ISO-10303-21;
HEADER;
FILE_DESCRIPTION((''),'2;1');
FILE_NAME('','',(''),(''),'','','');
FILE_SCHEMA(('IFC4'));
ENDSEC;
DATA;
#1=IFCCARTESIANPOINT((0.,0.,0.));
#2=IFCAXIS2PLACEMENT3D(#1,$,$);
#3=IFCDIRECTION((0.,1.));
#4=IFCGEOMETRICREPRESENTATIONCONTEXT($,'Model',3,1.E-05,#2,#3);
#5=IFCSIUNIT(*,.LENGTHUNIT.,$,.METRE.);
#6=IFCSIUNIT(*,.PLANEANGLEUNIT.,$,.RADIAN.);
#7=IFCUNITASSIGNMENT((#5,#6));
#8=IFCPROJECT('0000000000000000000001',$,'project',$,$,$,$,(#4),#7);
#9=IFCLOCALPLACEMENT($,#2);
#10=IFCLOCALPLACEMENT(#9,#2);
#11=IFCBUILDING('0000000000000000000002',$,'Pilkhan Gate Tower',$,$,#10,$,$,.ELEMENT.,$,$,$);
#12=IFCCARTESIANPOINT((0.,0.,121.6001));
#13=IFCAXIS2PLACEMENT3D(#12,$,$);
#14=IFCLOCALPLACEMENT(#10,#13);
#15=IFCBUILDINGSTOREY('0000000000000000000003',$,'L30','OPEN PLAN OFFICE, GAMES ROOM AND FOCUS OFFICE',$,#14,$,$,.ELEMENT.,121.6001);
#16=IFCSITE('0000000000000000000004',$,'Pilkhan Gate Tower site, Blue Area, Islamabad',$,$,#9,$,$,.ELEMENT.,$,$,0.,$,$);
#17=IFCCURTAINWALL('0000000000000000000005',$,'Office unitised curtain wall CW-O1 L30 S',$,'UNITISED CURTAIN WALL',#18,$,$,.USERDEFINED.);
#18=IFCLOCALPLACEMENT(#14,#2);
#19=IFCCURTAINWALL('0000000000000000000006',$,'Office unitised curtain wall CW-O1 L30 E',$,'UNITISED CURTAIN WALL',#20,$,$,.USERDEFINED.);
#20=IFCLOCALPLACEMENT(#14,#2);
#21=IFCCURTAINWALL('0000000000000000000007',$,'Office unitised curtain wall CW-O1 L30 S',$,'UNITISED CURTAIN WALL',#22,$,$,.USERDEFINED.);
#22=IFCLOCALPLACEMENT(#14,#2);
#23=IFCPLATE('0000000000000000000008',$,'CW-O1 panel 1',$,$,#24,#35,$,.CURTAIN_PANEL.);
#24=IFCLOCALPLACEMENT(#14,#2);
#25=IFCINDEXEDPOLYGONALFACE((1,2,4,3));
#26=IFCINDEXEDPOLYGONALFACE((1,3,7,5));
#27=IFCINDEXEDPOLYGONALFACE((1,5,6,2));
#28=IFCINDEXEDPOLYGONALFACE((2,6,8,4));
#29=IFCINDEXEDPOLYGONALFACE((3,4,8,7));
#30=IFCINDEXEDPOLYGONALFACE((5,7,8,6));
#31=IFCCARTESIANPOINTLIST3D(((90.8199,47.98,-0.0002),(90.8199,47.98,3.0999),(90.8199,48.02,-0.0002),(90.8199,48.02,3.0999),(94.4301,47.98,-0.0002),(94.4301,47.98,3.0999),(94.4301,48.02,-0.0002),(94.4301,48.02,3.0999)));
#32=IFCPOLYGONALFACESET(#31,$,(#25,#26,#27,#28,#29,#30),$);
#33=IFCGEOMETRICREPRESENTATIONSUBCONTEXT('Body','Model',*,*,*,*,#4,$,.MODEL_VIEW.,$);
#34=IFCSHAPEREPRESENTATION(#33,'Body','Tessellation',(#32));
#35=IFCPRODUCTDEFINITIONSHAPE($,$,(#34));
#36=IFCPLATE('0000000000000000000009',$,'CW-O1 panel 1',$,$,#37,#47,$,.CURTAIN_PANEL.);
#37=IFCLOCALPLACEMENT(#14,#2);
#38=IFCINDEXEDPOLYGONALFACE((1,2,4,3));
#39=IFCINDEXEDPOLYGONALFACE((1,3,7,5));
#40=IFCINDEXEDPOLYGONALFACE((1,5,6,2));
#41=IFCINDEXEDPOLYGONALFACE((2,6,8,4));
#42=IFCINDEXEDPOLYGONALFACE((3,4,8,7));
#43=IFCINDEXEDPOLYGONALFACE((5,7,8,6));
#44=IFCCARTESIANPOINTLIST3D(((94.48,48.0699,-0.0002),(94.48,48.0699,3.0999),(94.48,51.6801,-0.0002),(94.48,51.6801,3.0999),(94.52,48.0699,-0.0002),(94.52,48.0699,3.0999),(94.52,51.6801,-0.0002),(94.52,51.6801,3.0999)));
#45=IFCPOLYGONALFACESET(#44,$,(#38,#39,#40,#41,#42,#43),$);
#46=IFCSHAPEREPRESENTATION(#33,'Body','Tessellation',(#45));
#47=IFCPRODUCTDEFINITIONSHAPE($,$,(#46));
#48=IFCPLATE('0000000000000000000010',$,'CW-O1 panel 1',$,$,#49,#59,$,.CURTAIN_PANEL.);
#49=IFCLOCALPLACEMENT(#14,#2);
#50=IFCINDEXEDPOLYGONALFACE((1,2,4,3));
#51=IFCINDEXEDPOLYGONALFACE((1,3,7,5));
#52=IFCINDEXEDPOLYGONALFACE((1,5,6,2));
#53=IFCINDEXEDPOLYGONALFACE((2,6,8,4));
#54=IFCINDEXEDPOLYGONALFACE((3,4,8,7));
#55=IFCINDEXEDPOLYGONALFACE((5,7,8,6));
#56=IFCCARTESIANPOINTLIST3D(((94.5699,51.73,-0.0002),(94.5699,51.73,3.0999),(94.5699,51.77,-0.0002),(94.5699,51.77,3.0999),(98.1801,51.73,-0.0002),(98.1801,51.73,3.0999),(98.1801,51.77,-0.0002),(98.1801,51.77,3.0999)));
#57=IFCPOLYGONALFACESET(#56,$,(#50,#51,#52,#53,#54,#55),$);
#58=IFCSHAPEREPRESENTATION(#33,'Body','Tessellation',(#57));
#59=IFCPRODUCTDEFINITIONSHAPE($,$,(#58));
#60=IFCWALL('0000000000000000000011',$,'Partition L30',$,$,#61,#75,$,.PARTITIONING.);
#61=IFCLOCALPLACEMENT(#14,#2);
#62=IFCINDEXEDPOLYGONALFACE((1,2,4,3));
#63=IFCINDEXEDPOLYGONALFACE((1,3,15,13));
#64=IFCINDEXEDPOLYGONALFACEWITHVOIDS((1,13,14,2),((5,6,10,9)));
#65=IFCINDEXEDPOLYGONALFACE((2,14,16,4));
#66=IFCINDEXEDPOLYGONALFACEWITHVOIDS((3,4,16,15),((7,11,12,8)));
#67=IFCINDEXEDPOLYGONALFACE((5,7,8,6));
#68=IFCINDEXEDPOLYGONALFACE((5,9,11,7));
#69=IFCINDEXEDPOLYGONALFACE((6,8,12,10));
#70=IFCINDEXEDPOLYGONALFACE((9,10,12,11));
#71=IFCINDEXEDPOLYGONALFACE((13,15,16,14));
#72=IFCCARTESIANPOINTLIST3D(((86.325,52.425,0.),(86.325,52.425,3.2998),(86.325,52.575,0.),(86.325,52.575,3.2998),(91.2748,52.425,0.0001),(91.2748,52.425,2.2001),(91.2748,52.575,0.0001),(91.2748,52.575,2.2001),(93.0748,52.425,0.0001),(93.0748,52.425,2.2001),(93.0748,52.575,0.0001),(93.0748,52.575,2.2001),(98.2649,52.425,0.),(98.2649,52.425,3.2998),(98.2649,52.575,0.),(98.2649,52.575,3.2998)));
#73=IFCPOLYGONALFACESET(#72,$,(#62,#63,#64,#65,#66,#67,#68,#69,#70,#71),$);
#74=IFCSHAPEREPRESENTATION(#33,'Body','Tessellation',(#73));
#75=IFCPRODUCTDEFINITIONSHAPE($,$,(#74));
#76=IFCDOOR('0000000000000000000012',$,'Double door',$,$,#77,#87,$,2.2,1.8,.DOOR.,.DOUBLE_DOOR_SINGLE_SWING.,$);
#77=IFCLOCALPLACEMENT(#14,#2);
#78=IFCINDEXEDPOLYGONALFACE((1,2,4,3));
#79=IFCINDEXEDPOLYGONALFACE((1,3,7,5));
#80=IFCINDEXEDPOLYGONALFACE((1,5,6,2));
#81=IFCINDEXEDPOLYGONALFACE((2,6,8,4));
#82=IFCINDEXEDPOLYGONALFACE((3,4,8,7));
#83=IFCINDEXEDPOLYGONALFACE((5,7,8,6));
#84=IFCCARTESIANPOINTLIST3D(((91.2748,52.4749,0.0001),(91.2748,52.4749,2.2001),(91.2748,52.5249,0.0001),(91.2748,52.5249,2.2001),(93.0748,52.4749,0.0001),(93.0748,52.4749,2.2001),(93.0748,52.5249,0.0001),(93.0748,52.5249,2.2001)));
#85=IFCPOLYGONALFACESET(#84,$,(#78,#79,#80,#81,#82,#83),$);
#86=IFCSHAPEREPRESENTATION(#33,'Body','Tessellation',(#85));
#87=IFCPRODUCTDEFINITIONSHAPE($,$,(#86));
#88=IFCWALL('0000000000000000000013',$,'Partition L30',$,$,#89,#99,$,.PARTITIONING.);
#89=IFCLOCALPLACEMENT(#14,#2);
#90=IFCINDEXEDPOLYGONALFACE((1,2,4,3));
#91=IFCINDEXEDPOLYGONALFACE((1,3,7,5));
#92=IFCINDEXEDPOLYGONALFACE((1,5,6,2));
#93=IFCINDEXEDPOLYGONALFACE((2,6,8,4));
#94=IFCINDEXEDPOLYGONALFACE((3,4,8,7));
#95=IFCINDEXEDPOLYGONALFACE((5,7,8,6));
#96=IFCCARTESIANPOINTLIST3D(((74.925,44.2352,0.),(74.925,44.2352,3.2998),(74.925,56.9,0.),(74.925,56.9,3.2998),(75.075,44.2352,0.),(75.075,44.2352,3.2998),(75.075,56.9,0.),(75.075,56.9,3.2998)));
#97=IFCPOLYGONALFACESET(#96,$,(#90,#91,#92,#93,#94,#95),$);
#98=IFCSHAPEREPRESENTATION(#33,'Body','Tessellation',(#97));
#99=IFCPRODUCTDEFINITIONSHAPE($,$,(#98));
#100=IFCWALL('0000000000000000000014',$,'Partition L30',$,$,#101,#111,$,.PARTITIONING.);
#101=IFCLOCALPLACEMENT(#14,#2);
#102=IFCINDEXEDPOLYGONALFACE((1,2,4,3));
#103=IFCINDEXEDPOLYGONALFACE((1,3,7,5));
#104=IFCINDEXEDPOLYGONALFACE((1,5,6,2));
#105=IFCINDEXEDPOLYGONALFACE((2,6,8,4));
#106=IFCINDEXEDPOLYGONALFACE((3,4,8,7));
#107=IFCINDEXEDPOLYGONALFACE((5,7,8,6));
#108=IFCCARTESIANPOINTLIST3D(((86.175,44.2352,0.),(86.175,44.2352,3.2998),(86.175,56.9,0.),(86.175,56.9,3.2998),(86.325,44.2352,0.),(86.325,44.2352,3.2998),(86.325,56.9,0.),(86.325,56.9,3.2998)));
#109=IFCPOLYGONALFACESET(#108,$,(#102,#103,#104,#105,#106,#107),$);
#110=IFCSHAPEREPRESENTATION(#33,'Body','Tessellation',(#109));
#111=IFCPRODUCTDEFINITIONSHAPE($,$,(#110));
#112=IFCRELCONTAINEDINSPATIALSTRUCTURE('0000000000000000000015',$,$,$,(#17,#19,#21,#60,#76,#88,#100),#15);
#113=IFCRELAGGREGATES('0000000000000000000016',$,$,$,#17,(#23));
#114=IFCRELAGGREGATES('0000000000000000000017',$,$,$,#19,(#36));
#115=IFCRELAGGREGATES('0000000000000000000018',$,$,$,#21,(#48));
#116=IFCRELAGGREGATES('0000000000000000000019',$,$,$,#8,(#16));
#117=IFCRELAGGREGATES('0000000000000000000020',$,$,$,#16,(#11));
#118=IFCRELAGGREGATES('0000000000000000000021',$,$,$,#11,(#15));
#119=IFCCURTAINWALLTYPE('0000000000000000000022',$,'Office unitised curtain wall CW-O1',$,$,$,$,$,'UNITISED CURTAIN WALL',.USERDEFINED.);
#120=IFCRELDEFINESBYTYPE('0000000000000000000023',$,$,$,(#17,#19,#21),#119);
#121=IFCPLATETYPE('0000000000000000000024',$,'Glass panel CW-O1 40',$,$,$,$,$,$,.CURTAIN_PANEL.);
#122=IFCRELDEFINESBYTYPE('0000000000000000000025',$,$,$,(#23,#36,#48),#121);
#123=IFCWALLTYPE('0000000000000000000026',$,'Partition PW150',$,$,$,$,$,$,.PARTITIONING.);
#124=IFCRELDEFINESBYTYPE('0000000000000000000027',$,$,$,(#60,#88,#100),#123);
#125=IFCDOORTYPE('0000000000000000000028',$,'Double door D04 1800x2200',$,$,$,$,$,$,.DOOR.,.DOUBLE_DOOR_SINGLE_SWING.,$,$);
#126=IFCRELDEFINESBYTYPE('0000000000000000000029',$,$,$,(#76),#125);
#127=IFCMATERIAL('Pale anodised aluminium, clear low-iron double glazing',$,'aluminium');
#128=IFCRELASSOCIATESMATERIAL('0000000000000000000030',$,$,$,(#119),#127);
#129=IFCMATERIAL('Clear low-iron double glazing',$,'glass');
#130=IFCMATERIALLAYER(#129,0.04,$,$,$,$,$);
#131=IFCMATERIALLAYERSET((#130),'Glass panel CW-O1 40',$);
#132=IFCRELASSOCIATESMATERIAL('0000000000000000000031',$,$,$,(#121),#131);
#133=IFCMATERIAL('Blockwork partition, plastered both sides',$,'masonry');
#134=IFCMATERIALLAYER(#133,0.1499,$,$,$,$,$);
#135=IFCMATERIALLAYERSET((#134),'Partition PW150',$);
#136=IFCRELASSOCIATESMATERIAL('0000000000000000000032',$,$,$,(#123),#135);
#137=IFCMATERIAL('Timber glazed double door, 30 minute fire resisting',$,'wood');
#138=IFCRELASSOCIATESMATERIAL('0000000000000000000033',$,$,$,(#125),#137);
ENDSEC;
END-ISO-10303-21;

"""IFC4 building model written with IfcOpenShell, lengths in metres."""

from ifc_helpers import new_model, si_unit, direction, frame, frame_2d, origin, origin_2d, place, context, subcontext, project, spatial, rectangle, extrude, material, layer, layer_set, type_object, element, fill, aggregate, save


model = new_model("IFC4")

# Units and contexts
model_context = context("Model", 3, precision=1e-05, world=origin(), true_north=direction((0.0, 1.0)))
body_context = subcontext(model_context, "Body", "Model", "MODEL_VIEW")
ifc_project = project(units=[si_unit("LENGTHUNIT", "METRE"), si_unit("PLANEANGLEUNIT", "RADIAN")], contexts=[model_context])

# Site, building, storey
site_placement = place(None, origin())
site = spatial("IfcSite", under=ifc_project, at=site_placement, Name="Pilkhan Gate Tower site, Blue Area, Islamabad", CompositionType="ELEMENT", RefElevation=0.0)
building_placement = place(site_placement, origin())
building = spatial("IfcBuilding", under=site, at=building_placement, Name="Pilkhan Gate Tower", CompositionType="ELEMENT")
storey_placement = place(building_placement, frame((0.0, 0.0, 121.6001)))
storey = spatial("IfcBuildingStorey", under=building, at=storey_placement, Name="L30", Description="OPEN PLAN OFFICE, GAMES ROOM AND FOCUS OFFICE", CompositionType="ELEMENT", Elevation=121.6001)

# Shared definitions
ifc_material_1 = material(Name="Pale anodised aluminium, clear low-iron double glazing", Category="aluminium")
curtain_wall_type = type_object("IfcCurtainWallType", Name="Office unitised curtain wall CW-O1", ElementType="UNITISED CURTAIN WALL", PredefinedType="USERDEFINED", material=ifc_material_1)

# Curtain walls
curtain_wall_1_placement = place(storey_placement, origin())
curtain_wall_1 = element("IfcCurtainWall", 1, at=curtain_wall_1_placement, inside=storey, type_object=curtain_wall_type, Name="Office unitised curtain wall CW-O1 L30 S", ObjectType="UNITISED CURTAIN WALL", PredefinedType="USERDEFINED")
curtain_wall_2_placement = place(storey_placement, origin())
curtain_wall_2 = element("IfcCurtainWall", 2, at=curtain_wall_2_placement, inside=storey, type_object=curtain_wall_type, Name="Office unitised curtain wall CW-O1 L30 E", ObjectType="UNITISED CURTAIN WALL", PredefinedType="USERDEFINED")
curtain_wall_3_placement = place(storey_placement, origin())
curtain_wall_3 = element("IfcCurtainWall", 3, at=curtain_wall_3_placement, inside=storey, type_object=curtain_wall_type, Name="Office unitised curtain wall CW-O1 L30 S", ObjectType="UNITISED CURTAIN WALL", PredefinedType="USERDEFINED")

# Plates
ifc_material_2 = material(Name="Clear low-iron double glazing", Category="glass")
ifc_layer_1 = layer(ifc_material_2, 0.04)
ifc_layer_set_1 = layer_set([ifc_layer_1], Name="Glass panel CW-O1 40")
plate_type = type_object("IfcPlateType", Name="Glass panel CW-O1 40", PredefinedType="CURTAIN_PANEL", material=ifc_layer_set_1)
plate_1_placement = place(storey_placement, frame((92.625, 48.0, -0.0002), z_axis=(0.0, 0.0, 1.0), x_axis=(1.0, 0.0, 0.0)))
plate_1 = element("IfcPlate", 4, at=plate_1_placement, type_object=plate_type, Name="CW-O1 panel 1", PredefinedType="CURTAIN_PANEL", context=body_context, shape_type="SweptSolid", body=[
    extrude(rectangle(XDim=3.6101, YDim=0.04, at=origin_2d()), origin(), (0.0, 0.0, 1.0), 3.1001),
])
aggregate(curtain_wall_1, [plate_1])
plate_2_placement = place(storey_placement, frame((94.5, 49.875, -0.0002), z_axis=(0.0, 0.0, 1.0), x_axis=(0.0, 1.0, 0.0)))
plate_2 = element("IfcPlate", 5, at=plate_2_placement, type_object=plate_type, Name="CW-O1 panel 1", PredefinedType="CURTAIN_PANEL", context=body_context, shape_type="SweptSolid", body=[
    extrude(rectangle(XDim=3.6101, YDim=0.04, at=origin_2d()), origin(), (0.0, 0.0, 1.0), 3.1001),
])
aggregate(curtain_wall_2, [plate_2])
plate_3_placement = place(storey_placement, frame((96.375, 51.75, -0.0002), z_axis=(0.0, 0.0, 1.0), x_axis=(1.0, 0.0, 0.0)))
plate_3 = element("IfcPlate", 6, at=plate_3_placement, type_object=plate_type, Name="CW-O1 panel 1", PredefinedType="CURTAIN_PANEL", context=body_context, shape_type="SweptSolid", body=[
    extrude(rectangle(XDim=3.6101, YDim=0.04, at=origin_2d()), origin(), (0.0, 0.0, 1.0), 3.1001),
])
aggregate(curtain_wall_3, [plate_3])

# Wall, opening, door
ifc_material_3 = material(Name="Blockwork partition, plastered both sides", Category="masonry")
ifc_layer_2 = layer(ifc_material_3, 0.1499)
ifc_layer_set_2 = layer_set([ifc_layer_2], Name="Partition PW150")
wall_type = type_object("IfcWallType", Name="Partition PW150", PredefinedType="PARTITIONING", material=ifc_layer_set_2)
wall_placement = place(storey_placement, frame((86.325, 52.5, 0.0), z_axis=(0.0, 0.0, 1.0), x_axis=(1.0, 0.0, 0.0)))
wall = element("IfcWall", 7, at=wall_placement, inside=storey, type_object=wall_type, Name="Partition L30", PredefinedType="PARTITIONING", context=body_context, shape_type="SweptSolid", body=[
    extrude(rectangle(XDim=11.9399, YDim=0.1499, at=frame_2d((5.97, 0.0))), origin(), (0.0, 0.0, 1.0), 3.2998),
])
opening_placement = place(wall_placement, frame((4.95, 0.0, 0.0)))
opening = element("IfcOpeningElement", 8, at=opening_placement, cuts=wall, PredefinedType="OPENING", context=body_context, shape_type="SweptSolid", body=[
    extrude(rectangle(XDim=1.8, YDim=2.2, at=frame_2d((0.8999, 1.1001))), frame((0.0, 0.085, 0.0), z_axis=(0.0, -1.0, 0.0), x_axis=(1.0, 0.0, 0.0)), (0.0, 0.0, 1.0), 0.1699),
])
ifc_material_4 = material(Name="Timber glazed double door, 30 minute fire resisting", Category="wood")
door_type = type_object("IfcDoorType", Name="Double door D04 1800x2200", OperationType="DOUBLE_DOOR_SINGLE_SWING", PredefinedType="DOOR", material=ifc_material_4)
door_placement = place(opening_placement, origin())
door = element("IfcDoor", 9, at=door_placement, inside=storey, type_object=door_type, Name="Double door", OperationType="DOUBLE_DOOR_SINGLE_SWING", OverallHeight=2.2, OverallWidth=1.8, PredefinedType="DOOR", context=body_context, shape_type="SweptSolid", body=[
    extrude(rectangle(XDim=1.8, YDim=2.2, at=frame_2d((0.8999, 1.1001))), frame((0.0, 0.0249, 0.0), z_axis=(0.0, -1.0, 0.0), x_axis=(1.0, 0.0, 0.0)), (0.0, 0.0, 1.0), 0.05),
])
fill(opening, door)

# Walls
for number, where, z_axis, x_axis, name in (
    (10, (75.0, 44.2351, 0.0), (0.0, 0.0, 1.0), (0.0, 1.0, 0.0), "Partition L30"),
    (11, (86.25, 44.2351, 0.0), (0.0, 0.0, 1.0), (0.0, 1.0, 0.0), "Partition L30"),
):
    element("IfcWall", number, at=place(storey_placement, frame(where, z_axis=z_axis, x_axis=x_axis)), inside=storey, type_object=wall_type, Name=name, PredefinedType="PARTITIONING", context=body_context, shape_type="SweptSolid", body=[
        extrude(rectangle(XDim=12.6648, YDim=0.1499, at=frame_2d((6.3325, 0.0))), origin(), (0.0, 0.0, 1.0), 3.2998),
    ])

save(model, "model.ifc")
